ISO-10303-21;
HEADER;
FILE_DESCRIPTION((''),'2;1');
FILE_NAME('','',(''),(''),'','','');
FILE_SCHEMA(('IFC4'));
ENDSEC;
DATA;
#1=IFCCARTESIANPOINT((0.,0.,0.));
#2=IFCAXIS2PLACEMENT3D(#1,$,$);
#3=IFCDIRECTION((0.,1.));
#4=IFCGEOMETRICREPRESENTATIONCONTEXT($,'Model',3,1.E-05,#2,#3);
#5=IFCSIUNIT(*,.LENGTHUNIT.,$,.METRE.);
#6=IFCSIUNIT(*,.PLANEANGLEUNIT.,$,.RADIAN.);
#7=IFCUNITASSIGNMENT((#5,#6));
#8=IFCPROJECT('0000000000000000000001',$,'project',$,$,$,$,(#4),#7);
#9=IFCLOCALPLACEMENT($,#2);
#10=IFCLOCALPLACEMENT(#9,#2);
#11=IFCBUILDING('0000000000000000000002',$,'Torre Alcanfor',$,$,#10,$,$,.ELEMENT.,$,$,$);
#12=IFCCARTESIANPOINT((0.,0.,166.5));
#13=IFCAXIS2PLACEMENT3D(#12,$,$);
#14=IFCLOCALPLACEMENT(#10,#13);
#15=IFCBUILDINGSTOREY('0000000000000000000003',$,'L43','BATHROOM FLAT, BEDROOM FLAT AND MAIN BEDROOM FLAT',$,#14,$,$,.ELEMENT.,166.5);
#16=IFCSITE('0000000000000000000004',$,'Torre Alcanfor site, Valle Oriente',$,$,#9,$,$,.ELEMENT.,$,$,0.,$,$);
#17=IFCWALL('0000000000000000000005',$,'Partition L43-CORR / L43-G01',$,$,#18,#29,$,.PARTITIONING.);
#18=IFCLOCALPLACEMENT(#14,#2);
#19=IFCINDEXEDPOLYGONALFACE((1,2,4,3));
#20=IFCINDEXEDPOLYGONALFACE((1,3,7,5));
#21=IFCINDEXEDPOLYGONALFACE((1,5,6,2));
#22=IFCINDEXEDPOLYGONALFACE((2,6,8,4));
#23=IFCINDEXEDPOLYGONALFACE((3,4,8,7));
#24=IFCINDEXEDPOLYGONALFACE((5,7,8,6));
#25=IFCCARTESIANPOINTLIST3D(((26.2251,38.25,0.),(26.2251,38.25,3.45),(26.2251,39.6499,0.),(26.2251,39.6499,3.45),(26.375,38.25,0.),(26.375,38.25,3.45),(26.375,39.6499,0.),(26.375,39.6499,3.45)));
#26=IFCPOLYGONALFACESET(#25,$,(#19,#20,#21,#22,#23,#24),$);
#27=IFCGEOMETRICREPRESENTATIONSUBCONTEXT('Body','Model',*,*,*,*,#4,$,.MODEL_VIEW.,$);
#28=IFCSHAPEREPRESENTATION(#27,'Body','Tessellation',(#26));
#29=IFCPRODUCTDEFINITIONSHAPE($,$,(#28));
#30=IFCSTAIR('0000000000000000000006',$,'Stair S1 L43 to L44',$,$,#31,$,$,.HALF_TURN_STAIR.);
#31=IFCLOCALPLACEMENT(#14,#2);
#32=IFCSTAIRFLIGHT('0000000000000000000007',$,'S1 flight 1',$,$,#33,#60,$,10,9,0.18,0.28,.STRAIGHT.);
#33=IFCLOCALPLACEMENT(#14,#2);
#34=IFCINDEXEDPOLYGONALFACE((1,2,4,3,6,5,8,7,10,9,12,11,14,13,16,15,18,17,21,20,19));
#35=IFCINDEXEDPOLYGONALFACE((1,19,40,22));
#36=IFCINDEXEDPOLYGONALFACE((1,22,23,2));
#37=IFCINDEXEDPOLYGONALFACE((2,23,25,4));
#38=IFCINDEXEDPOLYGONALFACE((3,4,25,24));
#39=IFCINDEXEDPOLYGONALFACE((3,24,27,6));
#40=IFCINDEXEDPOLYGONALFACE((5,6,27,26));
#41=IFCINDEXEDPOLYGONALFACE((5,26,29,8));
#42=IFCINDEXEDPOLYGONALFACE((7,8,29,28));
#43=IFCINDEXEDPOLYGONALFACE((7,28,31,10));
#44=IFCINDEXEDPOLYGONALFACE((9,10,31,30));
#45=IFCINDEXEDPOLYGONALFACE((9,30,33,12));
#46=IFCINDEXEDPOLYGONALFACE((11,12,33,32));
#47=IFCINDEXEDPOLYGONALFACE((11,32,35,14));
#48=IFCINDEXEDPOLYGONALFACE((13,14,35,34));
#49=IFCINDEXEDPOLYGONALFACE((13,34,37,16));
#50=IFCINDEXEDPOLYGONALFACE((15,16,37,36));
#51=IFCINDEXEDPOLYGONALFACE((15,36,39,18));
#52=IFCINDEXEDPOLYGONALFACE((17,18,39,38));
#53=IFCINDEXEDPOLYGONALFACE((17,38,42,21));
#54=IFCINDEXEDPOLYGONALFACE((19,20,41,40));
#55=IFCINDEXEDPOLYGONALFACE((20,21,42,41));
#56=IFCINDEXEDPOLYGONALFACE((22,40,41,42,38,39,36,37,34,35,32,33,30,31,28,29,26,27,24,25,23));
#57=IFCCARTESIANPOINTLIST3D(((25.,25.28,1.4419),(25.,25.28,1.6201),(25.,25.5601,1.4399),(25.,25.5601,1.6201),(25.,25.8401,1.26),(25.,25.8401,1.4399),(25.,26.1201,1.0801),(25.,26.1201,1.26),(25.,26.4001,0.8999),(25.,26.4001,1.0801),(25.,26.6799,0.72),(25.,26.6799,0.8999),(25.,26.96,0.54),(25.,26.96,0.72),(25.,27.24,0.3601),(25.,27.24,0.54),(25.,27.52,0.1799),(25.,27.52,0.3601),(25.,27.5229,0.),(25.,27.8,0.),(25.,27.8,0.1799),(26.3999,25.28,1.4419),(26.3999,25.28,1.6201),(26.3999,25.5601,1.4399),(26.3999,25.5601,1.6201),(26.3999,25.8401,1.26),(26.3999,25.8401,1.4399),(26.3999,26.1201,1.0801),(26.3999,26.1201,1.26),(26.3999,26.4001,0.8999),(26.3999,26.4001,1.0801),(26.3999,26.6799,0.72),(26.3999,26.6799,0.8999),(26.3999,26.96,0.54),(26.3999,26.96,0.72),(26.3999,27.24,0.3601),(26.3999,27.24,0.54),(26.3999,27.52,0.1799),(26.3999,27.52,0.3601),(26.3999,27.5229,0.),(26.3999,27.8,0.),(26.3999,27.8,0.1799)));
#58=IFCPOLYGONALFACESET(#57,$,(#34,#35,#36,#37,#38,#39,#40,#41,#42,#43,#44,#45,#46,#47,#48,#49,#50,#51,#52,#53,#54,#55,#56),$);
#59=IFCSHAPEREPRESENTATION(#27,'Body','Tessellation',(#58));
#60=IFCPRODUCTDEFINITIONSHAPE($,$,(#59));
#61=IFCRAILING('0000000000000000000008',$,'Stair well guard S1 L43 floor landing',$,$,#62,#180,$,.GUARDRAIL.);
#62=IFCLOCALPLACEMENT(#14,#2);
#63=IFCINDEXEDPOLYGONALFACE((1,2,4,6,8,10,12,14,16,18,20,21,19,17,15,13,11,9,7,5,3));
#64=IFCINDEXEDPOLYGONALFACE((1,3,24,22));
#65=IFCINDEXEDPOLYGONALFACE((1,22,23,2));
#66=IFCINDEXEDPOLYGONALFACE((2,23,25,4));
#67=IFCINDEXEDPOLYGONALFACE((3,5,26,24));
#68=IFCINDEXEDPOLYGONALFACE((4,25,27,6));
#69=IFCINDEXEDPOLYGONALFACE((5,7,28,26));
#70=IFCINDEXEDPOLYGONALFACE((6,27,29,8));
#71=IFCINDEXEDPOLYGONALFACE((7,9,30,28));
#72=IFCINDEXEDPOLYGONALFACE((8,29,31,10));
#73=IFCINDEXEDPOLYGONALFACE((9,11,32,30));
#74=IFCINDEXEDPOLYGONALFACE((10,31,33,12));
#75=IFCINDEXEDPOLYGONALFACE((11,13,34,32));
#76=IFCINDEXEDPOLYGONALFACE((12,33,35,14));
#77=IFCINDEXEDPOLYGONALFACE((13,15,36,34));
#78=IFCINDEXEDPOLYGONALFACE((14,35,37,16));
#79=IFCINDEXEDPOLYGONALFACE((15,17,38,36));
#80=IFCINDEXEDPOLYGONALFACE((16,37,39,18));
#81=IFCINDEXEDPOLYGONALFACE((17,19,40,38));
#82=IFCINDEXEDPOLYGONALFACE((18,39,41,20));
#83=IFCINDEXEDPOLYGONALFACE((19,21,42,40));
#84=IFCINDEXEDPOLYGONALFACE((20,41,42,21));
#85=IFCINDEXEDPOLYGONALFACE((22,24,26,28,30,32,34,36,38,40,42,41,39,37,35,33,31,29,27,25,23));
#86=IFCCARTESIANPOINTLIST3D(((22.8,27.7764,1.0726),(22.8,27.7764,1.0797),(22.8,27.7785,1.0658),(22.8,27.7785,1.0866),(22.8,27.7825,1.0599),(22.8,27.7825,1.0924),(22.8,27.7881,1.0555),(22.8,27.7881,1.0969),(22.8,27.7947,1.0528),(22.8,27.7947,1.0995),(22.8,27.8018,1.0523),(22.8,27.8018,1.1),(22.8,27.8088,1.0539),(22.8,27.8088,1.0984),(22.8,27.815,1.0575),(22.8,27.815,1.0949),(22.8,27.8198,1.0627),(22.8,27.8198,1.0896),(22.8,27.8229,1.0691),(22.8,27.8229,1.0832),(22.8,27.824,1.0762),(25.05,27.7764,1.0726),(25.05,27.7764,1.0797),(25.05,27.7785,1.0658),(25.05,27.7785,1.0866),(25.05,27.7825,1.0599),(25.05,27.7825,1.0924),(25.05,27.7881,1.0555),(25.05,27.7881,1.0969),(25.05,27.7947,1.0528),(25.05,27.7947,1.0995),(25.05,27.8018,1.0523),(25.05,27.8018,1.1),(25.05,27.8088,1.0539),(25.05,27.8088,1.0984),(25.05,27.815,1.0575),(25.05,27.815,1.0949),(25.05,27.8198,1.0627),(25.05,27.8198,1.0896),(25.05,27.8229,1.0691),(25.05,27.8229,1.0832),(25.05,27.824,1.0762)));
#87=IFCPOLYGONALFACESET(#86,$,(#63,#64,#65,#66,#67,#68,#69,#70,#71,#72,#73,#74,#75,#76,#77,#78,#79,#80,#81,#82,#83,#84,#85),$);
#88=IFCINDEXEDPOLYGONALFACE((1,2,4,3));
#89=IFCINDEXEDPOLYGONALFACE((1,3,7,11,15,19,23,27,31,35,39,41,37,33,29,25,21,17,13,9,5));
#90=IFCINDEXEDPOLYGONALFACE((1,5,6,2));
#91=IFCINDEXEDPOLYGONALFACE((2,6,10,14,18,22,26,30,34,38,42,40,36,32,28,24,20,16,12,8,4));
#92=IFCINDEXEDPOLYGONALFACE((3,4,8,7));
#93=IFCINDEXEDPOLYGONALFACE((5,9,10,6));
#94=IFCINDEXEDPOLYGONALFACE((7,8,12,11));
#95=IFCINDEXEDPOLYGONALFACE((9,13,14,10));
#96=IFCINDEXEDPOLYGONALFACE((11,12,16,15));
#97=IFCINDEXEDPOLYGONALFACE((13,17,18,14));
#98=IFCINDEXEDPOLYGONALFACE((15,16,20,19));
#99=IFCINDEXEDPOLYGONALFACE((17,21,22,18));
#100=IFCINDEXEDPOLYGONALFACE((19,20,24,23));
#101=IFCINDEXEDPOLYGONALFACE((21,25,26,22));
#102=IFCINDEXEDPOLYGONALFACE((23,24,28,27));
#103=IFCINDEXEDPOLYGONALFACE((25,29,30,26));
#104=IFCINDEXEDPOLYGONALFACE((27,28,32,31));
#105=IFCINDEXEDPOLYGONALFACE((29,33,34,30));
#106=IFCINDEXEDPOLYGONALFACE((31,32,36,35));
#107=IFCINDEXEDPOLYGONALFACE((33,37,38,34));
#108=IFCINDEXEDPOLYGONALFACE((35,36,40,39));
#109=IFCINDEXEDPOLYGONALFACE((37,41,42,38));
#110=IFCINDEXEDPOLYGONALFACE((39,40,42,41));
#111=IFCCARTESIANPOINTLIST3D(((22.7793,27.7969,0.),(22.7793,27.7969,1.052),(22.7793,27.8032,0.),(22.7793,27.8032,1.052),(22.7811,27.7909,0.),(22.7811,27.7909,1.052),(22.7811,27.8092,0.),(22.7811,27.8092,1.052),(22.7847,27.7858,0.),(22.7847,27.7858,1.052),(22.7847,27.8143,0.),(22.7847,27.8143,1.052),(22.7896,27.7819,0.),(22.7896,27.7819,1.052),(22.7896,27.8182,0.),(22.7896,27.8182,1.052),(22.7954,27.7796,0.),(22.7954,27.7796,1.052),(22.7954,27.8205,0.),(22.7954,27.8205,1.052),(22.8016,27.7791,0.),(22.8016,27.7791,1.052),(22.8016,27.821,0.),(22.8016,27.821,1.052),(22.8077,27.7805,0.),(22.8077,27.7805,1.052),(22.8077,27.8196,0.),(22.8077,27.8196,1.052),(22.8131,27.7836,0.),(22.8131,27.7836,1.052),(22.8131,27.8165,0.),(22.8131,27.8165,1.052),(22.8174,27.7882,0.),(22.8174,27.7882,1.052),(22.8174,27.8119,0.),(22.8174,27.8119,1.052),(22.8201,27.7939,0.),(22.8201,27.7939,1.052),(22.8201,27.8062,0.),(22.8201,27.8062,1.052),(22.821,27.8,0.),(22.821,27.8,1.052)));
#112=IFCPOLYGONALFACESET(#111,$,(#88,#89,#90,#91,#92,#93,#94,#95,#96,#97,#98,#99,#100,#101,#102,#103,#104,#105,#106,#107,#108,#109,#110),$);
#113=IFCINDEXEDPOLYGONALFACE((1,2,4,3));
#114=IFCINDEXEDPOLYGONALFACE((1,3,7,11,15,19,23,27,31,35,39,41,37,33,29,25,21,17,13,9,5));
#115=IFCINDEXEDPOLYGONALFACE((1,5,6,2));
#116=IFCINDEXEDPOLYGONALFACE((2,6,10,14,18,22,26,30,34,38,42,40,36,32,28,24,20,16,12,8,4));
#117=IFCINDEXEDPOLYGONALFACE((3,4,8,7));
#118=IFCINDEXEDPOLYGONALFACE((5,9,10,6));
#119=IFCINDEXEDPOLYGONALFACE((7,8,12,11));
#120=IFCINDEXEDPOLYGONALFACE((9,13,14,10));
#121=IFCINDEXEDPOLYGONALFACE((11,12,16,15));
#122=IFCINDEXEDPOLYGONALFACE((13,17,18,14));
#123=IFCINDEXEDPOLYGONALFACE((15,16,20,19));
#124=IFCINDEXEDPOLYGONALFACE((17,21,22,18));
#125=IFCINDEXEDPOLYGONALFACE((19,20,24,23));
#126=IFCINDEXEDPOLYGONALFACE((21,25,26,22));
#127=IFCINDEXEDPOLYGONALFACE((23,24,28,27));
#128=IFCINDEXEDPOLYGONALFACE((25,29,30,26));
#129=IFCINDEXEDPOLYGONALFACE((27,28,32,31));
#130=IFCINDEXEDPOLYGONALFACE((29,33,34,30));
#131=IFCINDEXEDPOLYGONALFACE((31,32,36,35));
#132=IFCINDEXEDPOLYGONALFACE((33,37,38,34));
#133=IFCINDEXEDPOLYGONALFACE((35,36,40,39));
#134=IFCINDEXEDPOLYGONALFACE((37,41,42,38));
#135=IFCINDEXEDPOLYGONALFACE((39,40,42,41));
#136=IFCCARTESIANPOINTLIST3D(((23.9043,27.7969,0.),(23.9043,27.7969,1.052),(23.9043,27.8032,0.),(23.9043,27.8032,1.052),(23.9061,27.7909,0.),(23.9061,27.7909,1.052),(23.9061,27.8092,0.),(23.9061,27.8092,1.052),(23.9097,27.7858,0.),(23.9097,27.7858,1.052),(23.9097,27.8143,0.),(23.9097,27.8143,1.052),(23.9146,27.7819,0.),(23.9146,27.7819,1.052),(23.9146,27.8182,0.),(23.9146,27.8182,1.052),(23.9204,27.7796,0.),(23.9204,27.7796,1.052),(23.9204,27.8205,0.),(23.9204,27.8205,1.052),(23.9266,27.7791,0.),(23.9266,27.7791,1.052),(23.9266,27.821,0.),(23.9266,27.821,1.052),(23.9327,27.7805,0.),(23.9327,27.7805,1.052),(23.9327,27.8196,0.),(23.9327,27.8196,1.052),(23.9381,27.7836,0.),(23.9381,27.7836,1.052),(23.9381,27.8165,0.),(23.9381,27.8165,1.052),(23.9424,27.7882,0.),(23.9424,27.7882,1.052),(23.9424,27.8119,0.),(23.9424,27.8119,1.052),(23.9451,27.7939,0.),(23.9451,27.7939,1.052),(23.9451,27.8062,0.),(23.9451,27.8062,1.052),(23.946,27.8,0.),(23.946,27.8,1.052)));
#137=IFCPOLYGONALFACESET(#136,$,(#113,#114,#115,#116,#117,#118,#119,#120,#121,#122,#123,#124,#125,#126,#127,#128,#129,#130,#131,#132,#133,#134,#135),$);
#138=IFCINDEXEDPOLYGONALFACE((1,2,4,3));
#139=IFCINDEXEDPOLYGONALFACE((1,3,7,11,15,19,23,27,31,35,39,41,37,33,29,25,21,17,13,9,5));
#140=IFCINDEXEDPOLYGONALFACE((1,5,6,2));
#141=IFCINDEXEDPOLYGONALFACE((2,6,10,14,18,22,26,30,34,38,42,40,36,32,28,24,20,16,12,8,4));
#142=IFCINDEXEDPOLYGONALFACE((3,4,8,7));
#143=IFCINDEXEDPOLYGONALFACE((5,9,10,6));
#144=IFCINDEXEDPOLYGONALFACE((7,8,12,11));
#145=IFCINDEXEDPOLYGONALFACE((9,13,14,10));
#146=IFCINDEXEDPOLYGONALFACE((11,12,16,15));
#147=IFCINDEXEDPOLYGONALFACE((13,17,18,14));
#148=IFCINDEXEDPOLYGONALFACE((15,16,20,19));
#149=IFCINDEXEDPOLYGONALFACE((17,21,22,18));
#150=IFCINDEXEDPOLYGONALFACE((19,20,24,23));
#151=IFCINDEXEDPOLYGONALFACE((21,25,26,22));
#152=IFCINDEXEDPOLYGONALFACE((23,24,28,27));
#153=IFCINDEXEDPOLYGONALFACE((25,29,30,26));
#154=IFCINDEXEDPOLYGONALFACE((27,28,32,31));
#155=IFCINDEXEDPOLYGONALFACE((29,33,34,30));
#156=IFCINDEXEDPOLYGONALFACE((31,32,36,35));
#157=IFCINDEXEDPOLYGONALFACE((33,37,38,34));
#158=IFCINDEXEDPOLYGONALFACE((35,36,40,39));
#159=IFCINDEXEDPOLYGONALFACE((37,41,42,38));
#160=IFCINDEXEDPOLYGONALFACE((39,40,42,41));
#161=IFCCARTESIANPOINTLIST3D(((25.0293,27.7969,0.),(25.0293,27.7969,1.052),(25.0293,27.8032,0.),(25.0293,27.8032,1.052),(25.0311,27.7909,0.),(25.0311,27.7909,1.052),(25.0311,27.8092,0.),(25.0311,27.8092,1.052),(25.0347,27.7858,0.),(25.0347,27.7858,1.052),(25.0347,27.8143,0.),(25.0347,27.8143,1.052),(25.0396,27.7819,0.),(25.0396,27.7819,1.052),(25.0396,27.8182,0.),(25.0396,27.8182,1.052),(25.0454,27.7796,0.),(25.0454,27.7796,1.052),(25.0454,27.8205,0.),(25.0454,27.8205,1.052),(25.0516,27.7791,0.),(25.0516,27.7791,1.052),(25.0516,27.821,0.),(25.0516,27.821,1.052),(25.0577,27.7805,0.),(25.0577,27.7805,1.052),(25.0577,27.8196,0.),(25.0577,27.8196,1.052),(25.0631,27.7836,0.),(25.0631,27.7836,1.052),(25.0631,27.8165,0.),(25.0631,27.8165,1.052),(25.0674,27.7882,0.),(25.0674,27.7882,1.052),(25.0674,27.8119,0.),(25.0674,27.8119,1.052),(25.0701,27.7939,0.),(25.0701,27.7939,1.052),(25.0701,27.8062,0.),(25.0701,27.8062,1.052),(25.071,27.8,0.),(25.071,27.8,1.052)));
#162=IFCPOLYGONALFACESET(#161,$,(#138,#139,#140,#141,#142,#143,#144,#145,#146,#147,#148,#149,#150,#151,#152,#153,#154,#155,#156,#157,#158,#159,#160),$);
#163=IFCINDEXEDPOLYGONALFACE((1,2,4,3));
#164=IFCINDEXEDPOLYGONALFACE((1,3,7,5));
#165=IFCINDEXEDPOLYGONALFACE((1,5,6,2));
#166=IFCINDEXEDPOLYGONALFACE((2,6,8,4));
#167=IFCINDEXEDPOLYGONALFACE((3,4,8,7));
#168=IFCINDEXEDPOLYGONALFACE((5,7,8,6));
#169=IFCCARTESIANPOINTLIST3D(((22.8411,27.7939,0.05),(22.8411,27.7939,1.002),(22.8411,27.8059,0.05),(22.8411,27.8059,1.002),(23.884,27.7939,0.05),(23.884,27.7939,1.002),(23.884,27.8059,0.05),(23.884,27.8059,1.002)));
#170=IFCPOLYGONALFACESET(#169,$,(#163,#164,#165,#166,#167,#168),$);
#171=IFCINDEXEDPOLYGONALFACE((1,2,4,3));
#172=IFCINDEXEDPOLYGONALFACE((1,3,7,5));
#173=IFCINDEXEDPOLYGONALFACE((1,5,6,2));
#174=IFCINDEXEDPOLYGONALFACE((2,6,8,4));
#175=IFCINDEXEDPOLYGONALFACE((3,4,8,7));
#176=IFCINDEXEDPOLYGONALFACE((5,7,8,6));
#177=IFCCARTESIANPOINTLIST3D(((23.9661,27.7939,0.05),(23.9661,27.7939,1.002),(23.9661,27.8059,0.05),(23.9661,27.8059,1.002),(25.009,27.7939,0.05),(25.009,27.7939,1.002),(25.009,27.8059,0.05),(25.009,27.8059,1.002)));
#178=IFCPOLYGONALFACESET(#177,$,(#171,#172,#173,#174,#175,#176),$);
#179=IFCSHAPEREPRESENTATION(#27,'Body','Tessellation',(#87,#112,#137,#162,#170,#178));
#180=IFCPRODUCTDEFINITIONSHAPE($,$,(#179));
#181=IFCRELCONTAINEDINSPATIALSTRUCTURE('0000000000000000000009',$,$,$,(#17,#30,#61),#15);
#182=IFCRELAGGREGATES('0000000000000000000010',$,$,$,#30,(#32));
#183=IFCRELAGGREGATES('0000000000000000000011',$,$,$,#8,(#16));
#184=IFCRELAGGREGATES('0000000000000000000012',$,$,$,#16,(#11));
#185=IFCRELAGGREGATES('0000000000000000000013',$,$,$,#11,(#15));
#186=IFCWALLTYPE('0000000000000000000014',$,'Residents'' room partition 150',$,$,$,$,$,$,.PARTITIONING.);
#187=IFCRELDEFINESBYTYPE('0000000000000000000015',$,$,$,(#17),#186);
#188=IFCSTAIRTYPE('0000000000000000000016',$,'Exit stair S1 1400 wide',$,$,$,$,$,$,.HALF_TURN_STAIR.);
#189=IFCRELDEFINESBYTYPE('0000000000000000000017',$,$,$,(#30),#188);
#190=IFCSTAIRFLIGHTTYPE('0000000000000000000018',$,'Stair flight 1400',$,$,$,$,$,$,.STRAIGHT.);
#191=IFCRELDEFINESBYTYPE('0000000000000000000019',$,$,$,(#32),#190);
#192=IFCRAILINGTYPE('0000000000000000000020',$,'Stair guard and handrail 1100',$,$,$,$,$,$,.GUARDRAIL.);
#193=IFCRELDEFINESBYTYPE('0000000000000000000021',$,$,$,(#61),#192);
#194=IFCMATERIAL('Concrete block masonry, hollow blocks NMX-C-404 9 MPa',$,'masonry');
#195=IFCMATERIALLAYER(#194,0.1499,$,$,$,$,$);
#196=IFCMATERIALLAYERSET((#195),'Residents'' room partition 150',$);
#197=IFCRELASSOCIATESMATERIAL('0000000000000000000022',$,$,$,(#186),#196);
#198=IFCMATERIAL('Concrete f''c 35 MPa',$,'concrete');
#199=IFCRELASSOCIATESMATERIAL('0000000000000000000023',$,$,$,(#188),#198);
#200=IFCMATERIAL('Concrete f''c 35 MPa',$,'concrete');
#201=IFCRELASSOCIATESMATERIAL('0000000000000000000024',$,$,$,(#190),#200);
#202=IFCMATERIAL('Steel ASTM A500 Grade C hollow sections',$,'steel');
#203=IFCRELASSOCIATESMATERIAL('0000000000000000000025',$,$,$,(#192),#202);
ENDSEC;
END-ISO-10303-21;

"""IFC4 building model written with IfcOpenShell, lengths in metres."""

from ifc_helpers import new_model, si_unit, direction, frame, frame_2d, origin, origin_2d, place, context, subcontext, project, spatial, polyline, rectangle, circle, outline, extrude, material, layer, layer_set, type_object, element, aggregate, save


model = new_model("IFC4")

# Units and contexts
model_context = context("Model", 3, precision=1e-05, world=origin(), true_north=direction((0.0, 1.0)))
body_context = subcontext(model_context, "Body", "Model", "MODEL_VIEW")
ifc_project = project(units=[si_unit("LENGTHUNIT", "METRE"), si_unit("PLANEANGLEUNIT", "RADIAN")], contexts=[model_context])

# Site, building, storey
site_placement = place(None, origin())
site = spatial("IfcSite", under=ifc_project, at=site_placement, Name="Torre Alcanfor site, Valle Oriente", CompositionType="ELEMENT", RefElevation=0.0)
building_placement = place(site_placement, origin())
building = spatial("IfcBuilding", under=site, at=building_placement, Name="Torre Alcanfor", CompositionType="ELEMENT")
storey_placement = place(building_placement, frame((0.0, 0.0, 166.5)))
storey = spatial("IfcBuildingStorey", under=building, at=storey_placement, Name="L43", Description="BATHROOM FLAT, BEDROOM FLAT AND MAIN BEDROOM FLAT", CompositionType="ELEMENT", Elevation=166.5)

# Wall
ifc_material_1 = material(Name="Concrete block masonry, hollow blocks NMX-C-404 9 MPa", Category="masonry")
ifc_layer_1 = layer(ifc_material_1, 0.1499)
ifc_layer_set_1 = layer_set([ifc_layer_1], Name="Residents' room partition 150")
wall_type_1 = type_object("IfcWallType", Name="Residents' room partition 150", PredefinedType="PARTITIONING", material=ifc_layer_set_1)
wall_1_placement = place(storey_placement, frame((26.3, 39.6499, 0.0), z_axis=(0.0, 0.0, 1.0), x_axis=(0.0, -1.0, 0.0)))
element("IfcWall", 1, at=wall_1_placement, inside=storey, type_object=wall_type_1, Name="Partition L43-CORR / L43-G01", PredefinedType="PARTITIONING", context=body_context, shape_type="SweptSolid", body=[
    extrude(rectangle(XDim=1.3999, YDim=0.1499, at=frame_2d((0.7, 0.0))), origin(), (0.0, 0.0, 1.0), 3.45),
])

# Stair, stair flight
ifc_material_2 = material(Name="Concrete f'c 35 MPa", Category="concrete")
stair_type = type_object("IfcStairType", Name="Exit stair S1 1400 wide", PredefinedType="HALF_TURN_STAIR", material=ifc_material_2)
stair_placement = place(storey_placement, origin())
stair = element("IfcStair", 2, at=stair_placement, inside=storey, type_object=stair_type, Name="Stair S1 L43 to L44", PredefinedType="HALF_TURN_STAIR")
ifc_material_3 = material(Name="Concrete f'c 35 MPa", Category="concrete")
stair_flight_type = type_object("IfcStairFlightType", Name="Stair flight 1400", PredefinedType="STRAIGHT", material=ifc_material_3)
stair_flight_placement = place(storey_placement, frame((25.7, 27.8, 0.0), z_axis=(0.0, 0.0, 1.0), x_axis=(0.0, -1.0, 0.0)))
stair_flight = element("IfcStairFlight", 3, at=stair_flight_placement, type_object=stair_flight_type, Name="S1 flight 1", NumberOfRisers=10, NumberOfTreads=9, PredefinedType="STRAIGHT", RiserHeight=0.18, TreadLength=0.28, context=body_context, shape_type="SweptSolid", body=[
    extrude(outline(polyline([(0.0, 0.0), (0.0, 0.1799), (0.28, 0.1799), (0.28, 0.3601), (0.5601, 0.3601), (0.5601, 0.54), (0.8401, 0.54), (0.8401, 0.72), (1.1201, 0.72), (1.1201, 0.8999), (1.3999, 0.8999), (1.3999, 1.0801), (1.6799, 1.0801), (1.6799, 1.26), (1.96, 1.26), (1.96, 1.4399), (2.24, 1.4399), (2.24, 1.6201), (2.52, 1.6201), (2.52, 1.8), (2.52, 1.4419), (0.2771, 0.0), (0.0, 0.0)])), frame((0.0, 0.7, 0.0), z_axis=(0.0, -1.0, 0.0), x_axis=(1.0, 0.0, 0.0)), (0.0, 0.0, 1.0), 1.3999),
])
aggregate(stair, [stair_flight])

# Railing
ifc_material_4 = material(Name="Steel ASTM A500 Grade C hollow sections", Category="steel")
railing_type_1 = type_object("IfcRailingType", Name="Stair guard and handrail 1100", PredefinedType="GUARDRAIL", material=ifc_material_4)
railing_1_placement = place(storey_placement, frame((22.8, 27.8, 0.0)))
element("IfcRailing", 4, at=railing_1_placement, inside=storey, type_object=railing_type_1, Name="Stair well guard S1 L43 floor landing", PredefinedType="GUARDRAIL", context=body_context, shape_type="SweptSolid", body=[
    extrude(circle(Radius=0.0239, at=origin_2d()), frame((0.0, 0.0, 1.0762), z_axis=(1.0, 0.0, 0.0), x_axis=(0.0, 1.0, 0.0)), (0.0, 0.0, 1.0), 2.25),
    extrude(circle(Radius=0.021, at=origin_2d()), origin(), (0.0, 0.0, 1.0), 1.052),
    extrude(circle(Radius=0.021, at=origin_2d()), frame((1.125, 0.0, 0.0)), (0.0, 0.0, 1.0), 1.052),
    extrude(circle(Radius=0.021, at=origin_2d()), frame((2.25, 0.0, 0.0)), (0.0, 0.0, 1.0), 1.052),
    extrude(outline(polyline([(0.041, 0.05), (1.084, 0.05), (1.084, 1.002), (0.041, 1.002), (0.041, 0.05)])), frame((0.0, 0.0059, 0.0), z_axis=(0.0, -1.0, 0.0), x_axis=(1.0, 0.0, 0.0)), (0.0, 0.0, 1.0), 0.012),
    extrude(outline(polyline([(1.166, 0.05), (2.209, 0.05), (2.209, 1.002), (1.166, 1.002), (1.166, 0.05)])), frame((0.0, 0.0059, 0.0), z_axis=(0.0, -1.0, 0.0), x_axis=(1.0, 0.0, 0.0)), (0.0, 0.0, 1.0), 0.012),
])

save(model, "model.ifc")
